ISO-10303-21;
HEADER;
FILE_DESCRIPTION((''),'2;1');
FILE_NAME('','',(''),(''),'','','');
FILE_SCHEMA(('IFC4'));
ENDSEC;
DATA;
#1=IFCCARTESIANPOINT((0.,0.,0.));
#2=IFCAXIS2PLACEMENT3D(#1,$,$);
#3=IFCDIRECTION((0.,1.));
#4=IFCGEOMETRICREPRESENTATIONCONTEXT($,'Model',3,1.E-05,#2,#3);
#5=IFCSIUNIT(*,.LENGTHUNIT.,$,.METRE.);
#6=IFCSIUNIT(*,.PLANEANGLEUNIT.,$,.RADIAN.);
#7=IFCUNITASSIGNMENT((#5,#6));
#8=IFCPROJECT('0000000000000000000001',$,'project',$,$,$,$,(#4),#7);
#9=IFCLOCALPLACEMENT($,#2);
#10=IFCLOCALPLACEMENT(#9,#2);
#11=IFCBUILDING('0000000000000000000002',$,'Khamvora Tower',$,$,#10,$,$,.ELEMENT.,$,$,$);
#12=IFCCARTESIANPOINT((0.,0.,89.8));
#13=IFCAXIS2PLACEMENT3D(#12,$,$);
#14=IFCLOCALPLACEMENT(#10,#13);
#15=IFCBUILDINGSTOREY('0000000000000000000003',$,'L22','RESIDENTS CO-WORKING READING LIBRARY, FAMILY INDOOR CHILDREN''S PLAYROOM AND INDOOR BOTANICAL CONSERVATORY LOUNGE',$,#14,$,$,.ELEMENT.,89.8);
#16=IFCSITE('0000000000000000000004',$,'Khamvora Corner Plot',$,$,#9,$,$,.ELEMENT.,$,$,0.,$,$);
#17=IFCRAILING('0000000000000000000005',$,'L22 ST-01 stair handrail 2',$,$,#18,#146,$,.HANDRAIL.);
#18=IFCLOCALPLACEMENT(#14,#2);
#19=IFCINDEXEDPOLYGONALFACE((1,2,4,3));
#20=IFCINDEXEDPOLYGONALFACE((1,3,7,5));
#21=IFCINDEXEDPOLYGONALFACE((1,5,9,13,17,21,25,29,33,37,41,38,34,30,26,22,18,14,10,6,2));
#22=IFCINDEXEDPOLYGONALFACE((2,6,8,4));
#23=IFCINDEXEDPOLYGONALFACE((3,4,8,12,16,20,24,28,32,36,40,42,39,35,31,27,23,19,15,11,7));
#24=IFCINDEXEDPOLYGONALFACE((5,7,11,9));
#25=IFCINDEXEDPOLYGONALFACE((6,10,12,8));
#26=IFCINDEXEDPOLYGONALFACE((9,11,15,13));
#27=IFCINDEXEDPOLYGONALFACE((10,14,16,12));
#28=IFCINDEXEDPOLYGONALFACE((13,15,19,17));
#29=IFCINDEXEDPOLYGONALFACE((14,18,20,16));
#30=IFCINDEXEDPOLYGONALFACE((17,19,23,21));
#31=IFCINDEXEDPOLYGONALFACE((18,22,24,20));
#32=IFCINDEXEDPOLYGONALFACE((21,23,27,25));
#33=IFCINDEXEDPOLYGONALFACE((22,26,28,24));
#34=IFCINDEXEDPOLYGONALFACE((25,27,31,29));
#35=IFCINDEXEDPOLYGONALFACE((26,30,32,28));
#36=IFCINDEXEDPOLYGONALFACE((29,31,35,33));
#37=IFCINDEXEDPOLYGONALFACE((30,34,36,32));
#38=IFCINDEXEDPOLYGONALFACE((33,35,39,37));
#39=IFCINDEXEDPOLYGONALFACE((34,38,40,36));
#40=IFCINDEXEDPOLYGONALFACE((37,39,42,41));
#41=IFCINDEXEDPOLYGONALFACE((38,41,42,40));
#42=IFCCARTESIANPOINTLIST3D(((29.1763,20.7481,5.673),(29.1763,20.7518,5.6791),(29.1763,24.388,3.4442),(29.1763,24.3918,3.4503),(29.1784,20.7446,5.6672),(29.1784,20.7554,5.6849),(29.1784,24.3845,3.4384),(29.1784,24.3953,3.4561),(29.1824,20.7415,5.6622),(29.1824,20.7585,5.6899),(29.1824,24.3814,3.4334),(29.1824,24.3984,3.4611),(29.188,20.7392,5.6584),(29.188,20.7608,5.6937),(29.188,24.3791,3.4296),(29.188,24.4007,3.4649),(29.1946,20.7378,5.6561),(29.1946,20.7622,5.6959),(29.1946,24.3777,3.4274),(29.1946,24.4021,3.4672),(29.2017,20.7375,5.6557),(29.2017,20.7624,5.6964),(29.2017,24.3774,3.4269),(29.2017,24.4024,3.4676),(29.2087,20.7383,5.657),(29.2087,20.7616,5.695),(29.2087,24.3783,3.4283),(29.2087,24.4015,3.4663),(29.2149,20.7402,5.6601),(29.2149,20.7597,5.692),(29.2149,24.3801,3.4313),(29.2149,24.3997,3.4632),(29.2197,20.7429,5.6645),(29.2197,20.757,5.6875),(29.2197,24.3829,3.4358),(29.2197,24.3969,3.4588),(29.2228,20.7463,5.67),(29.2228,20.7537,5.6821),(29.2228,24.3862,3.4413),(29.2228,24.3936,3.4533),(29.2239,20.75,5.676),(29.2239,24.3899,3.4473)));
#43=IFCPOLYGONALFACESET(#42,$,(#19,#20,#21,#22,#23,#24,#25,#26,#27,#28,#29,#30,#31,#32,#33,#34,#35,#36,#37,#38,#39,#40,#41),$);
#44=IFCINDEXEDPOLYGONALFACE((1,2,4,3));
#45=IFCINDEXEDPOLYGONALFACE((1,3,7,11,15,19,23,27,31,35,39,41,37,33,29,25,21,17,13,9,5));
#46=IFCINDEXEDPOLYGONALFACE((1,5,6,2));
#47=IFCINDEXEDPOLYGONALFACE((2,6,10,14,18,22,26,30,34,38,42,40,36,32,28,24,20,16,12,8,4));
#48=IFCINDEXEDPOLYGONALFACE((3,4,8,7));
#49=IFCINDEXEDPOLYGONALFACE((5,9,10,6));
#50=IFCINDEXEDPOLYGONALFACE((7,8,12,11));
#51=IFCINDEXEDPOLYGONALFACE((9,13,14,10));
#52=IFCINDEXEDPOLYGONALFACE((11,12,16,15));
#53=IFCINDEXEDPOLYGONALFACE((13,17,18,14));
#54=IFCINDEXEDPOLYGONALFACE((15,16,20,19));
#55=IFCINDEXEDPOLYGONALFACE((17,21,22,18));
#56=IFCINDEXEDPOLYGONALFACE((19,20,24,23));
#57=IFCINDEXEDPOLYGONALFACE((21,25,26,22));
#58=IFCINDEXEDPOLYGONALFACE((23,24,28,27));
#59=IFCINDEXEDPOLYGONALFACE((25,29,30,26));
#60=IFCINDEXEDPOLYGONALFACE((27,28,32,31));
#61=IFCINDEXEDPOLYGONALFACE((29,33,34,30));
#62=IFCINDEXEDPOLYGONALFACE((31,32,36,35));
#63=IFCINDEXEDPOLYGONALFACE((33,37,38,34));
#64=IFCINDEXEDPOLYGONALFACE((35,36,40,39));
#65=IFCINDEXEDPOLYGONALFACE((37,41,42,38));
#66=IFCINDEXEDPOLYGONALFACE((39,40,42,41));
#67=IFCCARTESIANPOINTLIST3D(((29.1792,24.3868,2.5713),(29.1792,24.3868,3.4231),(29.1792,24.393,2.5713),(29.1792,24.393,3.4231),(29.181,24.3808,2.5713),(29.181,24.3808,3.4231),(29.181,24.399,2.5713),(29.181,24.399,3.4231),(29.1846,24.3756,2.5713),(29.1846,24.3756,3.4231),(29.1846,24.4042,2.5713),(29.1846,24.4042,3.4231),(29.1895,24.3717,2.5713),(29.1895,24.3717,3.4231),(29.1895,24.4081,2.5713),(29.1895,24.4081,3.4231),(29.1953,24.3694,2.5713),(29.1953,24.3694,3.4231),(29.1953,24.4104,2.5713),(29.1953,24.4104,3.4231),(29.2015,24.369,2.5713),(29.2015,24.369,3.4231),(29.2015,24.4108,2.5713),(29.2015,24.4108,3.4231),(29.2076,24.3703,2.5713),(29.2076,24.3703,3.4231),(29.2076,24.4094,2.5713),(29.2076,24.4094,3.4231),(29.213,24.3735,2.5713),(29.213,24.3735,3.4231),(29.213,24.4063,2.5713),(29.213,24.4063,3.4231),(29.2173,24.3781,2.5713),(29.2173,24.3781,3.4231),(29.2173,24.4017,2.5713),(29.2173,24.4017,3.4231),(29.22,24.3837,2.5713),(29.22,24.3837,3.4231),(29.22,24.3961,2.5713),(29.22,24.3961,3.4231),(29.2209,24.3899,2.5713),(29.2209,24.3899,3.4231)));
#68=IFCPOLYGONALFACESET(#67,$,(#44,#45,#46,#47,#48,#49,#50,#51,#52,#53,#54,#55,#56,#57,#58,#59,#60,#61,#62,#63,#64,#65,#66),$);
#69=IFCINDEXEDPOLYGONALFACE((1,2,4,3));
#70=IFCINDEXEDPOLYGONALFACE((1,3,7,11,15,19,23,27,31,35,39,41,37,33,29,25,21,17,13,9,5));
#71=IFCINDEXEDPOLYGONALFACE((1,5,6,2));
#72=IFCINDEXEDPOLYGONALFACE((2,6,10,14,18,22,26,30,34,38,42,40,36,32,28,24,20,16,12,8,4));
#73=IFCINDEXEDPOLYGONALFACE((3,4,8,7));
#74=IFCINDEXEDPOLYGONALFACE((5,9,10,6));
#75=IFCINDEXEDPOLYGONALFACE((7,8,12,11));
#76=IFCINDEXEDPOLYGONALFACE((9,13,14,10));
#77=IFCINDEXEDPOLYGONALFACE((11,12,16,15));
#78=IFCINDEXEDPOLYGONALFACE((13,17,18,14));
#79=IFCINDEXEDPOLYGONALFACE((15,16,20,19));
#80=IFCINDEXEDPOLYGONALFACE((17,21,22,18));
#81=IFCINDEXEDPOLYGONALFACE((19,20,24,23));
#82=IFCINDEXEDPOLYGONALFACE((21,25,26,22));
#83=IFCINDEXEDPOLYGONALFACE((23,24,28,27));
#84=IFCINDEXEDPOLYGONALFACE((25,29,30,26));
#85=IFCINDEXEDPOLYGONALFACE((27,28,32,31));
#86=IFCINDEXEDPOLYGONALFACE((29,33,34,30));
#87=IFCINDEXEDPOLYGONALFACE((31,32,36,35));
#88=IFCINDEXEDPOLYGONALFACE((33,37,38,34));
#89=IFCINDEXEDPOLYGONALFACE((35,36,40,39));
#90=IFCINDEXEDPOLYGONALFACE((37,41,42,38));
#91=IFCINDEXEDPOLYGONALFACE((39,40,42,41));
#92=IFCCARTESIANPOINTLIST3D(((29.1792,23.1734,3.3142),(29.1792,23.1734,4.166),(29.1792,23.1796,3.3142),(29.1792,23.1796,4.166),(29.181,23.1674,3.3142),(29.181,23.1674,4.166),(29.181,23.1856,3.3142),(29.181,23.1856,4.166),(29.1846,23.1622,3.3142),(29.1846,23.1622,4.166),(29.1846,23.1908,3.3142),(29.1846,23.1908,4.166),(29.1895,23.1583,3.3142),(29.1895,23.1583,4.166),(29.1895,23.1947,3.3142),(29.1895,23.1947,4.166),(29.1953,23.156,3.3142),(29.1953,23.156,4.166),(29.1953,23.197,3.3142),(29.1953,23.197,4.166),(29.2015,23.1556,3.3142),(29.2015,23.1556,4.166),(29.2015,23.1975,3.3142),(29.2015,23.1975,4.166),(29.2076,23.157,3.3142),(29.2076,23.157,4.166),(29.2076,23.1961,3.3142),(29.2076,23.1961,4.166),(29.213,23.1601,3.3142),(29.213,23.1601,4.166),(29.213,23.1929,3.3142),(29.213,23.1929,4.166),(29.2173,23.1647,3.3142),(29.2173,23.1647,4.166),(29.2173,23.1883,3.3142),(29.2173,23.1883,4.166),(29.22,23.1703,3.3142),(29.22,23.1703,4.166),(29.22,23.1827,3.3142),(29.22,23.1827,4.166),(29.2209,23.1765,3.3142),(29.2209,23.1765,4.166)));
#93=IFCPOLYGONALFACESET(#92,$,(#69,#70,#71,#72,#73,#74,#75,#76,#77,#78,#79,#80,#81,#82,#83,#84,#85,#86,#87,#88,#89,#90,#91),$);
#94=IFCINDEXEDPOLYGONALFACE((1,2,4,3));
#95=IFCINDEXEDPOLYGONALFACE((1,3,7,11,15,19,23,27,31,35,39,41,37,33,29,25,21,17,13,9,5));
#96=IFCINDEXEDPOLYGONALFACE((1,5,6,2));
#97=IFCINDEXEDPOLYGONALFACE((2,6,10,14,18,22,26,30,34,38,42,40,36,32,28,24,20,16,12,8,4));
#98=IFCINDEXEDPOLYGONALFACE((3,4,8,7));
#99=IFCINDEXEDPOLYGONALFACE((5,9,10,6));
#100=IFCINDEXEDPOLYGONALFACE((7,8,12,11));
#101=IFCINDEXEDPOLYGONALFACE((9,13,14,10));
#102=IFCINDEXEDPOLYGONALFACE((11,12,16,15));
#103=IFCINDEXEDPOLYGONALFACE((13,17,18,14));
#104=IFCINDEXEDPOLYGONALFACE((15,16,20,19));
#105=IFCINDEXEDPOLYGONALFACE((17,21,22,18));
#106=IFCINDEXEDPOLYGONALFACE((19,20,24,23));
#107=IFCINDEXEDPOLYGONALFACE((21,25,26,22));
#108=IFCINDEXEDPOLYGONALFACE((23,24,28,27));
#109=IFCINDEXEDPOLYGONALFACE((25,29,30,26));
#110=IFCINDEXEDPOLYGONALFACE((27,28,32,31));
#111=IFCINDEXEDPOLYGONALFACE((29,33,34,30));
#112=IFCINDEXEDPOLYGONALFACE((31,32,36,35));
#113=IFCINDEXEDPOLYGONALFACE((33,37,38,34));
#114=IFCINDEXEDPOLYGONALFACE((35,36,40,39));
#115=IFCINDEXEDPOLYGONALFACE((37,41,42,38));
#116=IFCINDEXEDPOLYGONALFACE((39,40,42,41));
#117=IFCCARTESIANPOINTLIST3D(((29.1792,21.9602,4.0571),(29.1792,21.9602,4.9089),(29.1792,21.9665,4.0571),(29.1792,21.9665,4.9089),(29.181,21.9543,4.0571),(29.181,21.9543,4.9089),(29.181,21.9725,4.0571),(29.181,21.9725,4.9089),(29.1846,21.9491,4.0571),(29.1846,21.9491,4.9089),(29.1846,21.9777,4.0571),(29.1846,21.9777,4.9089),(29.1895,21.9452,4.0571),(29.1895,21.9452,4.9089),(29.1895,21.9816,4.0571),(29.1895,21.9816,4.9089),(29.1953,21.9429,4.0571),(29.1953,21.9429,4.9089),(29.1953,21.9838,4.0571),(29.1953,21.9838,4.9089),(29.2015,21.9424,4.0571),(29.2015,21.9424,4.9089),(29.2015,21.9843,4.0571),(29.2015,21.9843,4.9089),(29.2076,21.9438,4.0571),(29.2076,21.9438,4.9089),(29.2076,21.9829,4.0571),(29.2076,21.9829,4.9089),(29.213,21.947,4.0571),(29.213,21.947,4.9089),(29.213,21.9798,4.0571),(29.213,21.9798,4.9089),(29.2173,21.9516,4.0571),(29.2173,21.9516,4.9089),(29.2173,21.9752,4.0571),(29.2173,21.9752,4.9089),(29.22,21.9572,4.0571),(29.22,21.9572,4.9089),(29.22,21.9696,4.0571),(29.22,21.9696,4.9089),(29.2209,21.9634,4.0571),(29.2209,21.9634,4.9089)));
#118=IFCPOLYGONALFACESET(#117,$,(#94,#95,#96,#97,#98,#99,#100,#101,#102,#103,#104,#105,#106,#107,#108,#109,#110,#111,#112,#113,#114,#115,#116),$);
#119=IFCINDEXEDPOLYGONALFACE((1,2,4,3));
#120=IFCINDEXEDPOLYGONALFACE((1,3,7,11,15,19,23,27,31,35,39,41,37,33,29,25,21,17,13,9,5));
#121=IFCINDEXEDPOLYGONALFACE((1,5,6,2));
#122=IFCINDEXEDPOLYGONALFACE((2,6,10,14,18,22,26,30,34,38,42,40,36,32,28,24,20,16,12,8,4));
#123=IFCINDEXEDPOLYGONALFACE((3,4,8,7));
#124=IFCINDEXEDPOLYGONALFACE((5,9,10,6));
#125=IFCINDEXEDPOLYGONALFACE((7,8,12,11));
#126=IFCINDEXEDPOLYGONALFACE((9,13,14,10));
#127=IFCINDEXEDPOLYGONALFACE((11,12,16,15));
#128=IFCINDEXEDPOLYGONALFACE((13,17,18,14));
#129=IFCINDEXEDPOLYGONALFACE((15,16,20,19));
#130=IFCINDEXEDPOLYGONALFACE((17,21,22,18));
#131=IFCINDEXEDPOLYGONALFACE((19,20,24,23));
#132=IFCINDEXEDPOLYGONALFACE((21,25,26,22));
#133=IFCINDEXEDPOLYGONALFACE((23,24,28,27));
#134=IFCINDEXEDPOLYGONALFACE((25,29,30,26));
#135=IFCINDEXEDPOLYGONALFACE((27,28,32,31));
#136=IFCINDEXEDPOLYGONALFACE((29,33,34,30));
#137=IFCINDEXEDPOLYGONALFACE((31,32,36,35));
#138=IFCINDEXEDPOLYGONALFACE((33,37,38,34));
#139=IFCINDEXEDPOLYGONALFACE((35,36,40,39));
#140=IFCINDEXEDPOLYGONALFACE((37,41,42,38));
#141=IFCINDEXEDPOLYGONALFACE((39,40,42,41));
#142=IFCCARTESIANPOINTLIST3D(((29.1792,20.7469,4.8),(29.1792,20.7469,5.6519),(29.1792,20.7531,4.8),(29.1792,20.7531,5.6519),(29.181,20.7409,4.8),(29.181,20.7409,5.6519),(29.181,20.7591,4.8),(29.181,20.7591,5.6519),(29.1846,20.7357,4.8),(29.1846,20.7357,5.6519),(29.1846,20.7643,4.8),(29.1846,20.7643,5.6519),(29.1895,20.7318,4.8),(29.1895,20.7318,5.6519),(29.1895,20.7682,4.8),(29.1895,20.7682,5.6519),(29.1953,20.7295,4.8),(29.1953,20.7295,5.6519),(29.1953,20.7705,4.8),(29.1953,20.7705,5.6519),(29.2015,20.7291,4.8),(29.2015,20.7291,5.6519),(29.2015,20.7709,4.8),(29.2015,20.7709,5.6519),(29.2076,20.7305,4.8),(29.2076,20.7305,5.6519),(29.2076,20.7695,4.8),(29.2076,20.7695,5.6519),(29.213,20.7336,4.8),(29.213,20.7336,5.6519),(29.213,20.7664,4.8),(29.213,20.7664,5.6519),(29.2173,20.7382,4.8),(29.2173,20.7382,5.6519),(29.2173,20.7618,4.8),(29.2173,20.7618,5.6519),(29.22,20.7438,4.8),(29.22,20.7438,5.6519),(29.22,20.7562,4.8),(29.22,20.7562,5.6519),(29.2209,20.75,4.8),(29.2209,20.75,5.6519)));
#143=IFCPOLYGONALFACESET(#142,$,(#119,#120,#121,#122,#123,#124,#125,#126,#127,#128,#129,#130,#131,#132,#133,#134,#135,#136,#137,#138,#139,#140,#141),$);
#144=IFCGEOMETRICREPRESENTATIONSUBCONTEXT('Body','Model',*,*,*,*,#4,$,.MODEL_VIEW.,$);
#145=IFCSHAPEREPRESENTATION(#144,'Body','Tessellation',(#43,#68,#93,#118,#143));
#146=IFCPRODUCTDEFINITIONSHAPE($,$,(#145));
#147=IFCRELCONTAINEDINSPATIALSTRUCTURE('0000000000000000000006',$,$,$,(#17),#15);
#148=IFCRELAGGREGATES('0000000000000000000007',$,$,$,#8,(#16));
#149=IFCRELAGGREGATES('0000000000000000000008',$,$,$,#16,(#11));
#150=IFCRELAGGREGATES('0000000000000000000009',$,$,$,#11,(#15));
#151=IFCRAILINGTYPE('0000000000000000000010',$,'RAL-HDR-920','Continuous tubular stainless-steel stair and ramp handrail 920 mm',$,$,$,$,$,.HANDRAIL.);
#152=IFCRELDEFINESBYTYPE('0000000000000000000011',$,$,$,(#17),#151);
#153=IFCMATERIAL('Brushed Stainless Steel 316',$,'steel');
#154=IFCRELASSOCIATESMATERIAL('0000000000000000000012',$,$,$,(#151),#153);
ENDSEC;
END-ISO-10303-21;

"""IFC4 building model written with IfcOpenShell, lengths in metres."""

from ifc_helpers import new_model, si_unit, direction, frame, origin, origin_2d, place, context, subcontext, project, spatial, circle, extrude, material, type_object, element, save


model = new_model("IFC4")

# Units and contexts
model_context = context("Model", 3, precision=1e-05, world=origin(), true_north=direction((0.0, 1.0)))
body_context = subcontext(model_context, "Body", "Model", "MODEL_VIEW")
ifc_project = project(units=[si_unit("LENGTHUNIT", "METRE"), si_unit("PLANEANGLEUNIT", "RADIAN")], contexts=[model_context])

# Site, building, storey
site_placement = place(None, origin())
site = spatial("IfcSite", under=ifc_project, at=site_placement, Name="Khamvora Corner Plot", CompositionType="ELEMENT", RefElevation=0.0)
building_placement = place(site_placement, origin())
building = spatial("IfcBuilding", under=site, at=building_placement, Name="Khamvora Tower", CompositionType="ELEMENT")
storey_placement = place(building_placement, frame((0.0, 0.0, 89.8)))
storey = spatial("IfcBuildingStorey", under=building, at=storey_placement, Name="L22", Description="RESIDENTS CO-WORKING READING LIBRARY, FAMILY INDOOR CHILDREN'S PLAYROOM AND INDOOR BOTANICAL CONSERVATORY LOUNGE", CompositionType="ELEMENT", Elevation=89.8)

# Railing
ifc_material_1 = material(Name="Brushed Stainless Steel 316", Category="steel")
railing_type_1 = type_object("IfcRailingType", Name="RAL-HDR-920", Description="Continuous tubular stainless-steel stair and ramp handrail 920 mm", PredefinedType="HANDRAIL", material=ifc_material_1)
railing_1_placement = place(storey_placement, frame((29.2, 24.3899, 2.5713)))
element("IfcRailing", 1, at=railing_1_placement, inside=storey, type_object=railing_type_1, Name="L22 ST-01 stair handrail 2", PredefinedType="HANDRAIL", context=body_context, shape_type="SweptSolid", body=[
    extrude(circle(Radius=0.0239, at=origin_2d()), frame((0.0, 0.0, 0.876), z_axis=(0.0, -0.852825, 0.522197), x_axis=(1.0, 0.0, 0.0)), (0.0, 0.0, 1.0), 4.2681),
    extrude(circle(Radius=0.021, at=origin_2d()), origin(), (0.0, 0.0, 1.0), 0.8518),
    extrude(circle(Radius=0.021, at=origin_2d()), frame((0.0, -1.2134, 0.7429)), (0.0, 0.0, 1.0), 0.8518),
    extrude(circle(Radius=0.021, at=origin_2d()), frame((0.0, -2.4265, 1.4858)), (0.0, 0.0, 1.0), 0.8518),
    extrude(circle(Radius=0.021, at=origin_2d()), frame((0.0, -3.6399, 2.2288)), (0.0, 0.0, 1.0), 0.8518),
])

save(model, "model.ifc")
